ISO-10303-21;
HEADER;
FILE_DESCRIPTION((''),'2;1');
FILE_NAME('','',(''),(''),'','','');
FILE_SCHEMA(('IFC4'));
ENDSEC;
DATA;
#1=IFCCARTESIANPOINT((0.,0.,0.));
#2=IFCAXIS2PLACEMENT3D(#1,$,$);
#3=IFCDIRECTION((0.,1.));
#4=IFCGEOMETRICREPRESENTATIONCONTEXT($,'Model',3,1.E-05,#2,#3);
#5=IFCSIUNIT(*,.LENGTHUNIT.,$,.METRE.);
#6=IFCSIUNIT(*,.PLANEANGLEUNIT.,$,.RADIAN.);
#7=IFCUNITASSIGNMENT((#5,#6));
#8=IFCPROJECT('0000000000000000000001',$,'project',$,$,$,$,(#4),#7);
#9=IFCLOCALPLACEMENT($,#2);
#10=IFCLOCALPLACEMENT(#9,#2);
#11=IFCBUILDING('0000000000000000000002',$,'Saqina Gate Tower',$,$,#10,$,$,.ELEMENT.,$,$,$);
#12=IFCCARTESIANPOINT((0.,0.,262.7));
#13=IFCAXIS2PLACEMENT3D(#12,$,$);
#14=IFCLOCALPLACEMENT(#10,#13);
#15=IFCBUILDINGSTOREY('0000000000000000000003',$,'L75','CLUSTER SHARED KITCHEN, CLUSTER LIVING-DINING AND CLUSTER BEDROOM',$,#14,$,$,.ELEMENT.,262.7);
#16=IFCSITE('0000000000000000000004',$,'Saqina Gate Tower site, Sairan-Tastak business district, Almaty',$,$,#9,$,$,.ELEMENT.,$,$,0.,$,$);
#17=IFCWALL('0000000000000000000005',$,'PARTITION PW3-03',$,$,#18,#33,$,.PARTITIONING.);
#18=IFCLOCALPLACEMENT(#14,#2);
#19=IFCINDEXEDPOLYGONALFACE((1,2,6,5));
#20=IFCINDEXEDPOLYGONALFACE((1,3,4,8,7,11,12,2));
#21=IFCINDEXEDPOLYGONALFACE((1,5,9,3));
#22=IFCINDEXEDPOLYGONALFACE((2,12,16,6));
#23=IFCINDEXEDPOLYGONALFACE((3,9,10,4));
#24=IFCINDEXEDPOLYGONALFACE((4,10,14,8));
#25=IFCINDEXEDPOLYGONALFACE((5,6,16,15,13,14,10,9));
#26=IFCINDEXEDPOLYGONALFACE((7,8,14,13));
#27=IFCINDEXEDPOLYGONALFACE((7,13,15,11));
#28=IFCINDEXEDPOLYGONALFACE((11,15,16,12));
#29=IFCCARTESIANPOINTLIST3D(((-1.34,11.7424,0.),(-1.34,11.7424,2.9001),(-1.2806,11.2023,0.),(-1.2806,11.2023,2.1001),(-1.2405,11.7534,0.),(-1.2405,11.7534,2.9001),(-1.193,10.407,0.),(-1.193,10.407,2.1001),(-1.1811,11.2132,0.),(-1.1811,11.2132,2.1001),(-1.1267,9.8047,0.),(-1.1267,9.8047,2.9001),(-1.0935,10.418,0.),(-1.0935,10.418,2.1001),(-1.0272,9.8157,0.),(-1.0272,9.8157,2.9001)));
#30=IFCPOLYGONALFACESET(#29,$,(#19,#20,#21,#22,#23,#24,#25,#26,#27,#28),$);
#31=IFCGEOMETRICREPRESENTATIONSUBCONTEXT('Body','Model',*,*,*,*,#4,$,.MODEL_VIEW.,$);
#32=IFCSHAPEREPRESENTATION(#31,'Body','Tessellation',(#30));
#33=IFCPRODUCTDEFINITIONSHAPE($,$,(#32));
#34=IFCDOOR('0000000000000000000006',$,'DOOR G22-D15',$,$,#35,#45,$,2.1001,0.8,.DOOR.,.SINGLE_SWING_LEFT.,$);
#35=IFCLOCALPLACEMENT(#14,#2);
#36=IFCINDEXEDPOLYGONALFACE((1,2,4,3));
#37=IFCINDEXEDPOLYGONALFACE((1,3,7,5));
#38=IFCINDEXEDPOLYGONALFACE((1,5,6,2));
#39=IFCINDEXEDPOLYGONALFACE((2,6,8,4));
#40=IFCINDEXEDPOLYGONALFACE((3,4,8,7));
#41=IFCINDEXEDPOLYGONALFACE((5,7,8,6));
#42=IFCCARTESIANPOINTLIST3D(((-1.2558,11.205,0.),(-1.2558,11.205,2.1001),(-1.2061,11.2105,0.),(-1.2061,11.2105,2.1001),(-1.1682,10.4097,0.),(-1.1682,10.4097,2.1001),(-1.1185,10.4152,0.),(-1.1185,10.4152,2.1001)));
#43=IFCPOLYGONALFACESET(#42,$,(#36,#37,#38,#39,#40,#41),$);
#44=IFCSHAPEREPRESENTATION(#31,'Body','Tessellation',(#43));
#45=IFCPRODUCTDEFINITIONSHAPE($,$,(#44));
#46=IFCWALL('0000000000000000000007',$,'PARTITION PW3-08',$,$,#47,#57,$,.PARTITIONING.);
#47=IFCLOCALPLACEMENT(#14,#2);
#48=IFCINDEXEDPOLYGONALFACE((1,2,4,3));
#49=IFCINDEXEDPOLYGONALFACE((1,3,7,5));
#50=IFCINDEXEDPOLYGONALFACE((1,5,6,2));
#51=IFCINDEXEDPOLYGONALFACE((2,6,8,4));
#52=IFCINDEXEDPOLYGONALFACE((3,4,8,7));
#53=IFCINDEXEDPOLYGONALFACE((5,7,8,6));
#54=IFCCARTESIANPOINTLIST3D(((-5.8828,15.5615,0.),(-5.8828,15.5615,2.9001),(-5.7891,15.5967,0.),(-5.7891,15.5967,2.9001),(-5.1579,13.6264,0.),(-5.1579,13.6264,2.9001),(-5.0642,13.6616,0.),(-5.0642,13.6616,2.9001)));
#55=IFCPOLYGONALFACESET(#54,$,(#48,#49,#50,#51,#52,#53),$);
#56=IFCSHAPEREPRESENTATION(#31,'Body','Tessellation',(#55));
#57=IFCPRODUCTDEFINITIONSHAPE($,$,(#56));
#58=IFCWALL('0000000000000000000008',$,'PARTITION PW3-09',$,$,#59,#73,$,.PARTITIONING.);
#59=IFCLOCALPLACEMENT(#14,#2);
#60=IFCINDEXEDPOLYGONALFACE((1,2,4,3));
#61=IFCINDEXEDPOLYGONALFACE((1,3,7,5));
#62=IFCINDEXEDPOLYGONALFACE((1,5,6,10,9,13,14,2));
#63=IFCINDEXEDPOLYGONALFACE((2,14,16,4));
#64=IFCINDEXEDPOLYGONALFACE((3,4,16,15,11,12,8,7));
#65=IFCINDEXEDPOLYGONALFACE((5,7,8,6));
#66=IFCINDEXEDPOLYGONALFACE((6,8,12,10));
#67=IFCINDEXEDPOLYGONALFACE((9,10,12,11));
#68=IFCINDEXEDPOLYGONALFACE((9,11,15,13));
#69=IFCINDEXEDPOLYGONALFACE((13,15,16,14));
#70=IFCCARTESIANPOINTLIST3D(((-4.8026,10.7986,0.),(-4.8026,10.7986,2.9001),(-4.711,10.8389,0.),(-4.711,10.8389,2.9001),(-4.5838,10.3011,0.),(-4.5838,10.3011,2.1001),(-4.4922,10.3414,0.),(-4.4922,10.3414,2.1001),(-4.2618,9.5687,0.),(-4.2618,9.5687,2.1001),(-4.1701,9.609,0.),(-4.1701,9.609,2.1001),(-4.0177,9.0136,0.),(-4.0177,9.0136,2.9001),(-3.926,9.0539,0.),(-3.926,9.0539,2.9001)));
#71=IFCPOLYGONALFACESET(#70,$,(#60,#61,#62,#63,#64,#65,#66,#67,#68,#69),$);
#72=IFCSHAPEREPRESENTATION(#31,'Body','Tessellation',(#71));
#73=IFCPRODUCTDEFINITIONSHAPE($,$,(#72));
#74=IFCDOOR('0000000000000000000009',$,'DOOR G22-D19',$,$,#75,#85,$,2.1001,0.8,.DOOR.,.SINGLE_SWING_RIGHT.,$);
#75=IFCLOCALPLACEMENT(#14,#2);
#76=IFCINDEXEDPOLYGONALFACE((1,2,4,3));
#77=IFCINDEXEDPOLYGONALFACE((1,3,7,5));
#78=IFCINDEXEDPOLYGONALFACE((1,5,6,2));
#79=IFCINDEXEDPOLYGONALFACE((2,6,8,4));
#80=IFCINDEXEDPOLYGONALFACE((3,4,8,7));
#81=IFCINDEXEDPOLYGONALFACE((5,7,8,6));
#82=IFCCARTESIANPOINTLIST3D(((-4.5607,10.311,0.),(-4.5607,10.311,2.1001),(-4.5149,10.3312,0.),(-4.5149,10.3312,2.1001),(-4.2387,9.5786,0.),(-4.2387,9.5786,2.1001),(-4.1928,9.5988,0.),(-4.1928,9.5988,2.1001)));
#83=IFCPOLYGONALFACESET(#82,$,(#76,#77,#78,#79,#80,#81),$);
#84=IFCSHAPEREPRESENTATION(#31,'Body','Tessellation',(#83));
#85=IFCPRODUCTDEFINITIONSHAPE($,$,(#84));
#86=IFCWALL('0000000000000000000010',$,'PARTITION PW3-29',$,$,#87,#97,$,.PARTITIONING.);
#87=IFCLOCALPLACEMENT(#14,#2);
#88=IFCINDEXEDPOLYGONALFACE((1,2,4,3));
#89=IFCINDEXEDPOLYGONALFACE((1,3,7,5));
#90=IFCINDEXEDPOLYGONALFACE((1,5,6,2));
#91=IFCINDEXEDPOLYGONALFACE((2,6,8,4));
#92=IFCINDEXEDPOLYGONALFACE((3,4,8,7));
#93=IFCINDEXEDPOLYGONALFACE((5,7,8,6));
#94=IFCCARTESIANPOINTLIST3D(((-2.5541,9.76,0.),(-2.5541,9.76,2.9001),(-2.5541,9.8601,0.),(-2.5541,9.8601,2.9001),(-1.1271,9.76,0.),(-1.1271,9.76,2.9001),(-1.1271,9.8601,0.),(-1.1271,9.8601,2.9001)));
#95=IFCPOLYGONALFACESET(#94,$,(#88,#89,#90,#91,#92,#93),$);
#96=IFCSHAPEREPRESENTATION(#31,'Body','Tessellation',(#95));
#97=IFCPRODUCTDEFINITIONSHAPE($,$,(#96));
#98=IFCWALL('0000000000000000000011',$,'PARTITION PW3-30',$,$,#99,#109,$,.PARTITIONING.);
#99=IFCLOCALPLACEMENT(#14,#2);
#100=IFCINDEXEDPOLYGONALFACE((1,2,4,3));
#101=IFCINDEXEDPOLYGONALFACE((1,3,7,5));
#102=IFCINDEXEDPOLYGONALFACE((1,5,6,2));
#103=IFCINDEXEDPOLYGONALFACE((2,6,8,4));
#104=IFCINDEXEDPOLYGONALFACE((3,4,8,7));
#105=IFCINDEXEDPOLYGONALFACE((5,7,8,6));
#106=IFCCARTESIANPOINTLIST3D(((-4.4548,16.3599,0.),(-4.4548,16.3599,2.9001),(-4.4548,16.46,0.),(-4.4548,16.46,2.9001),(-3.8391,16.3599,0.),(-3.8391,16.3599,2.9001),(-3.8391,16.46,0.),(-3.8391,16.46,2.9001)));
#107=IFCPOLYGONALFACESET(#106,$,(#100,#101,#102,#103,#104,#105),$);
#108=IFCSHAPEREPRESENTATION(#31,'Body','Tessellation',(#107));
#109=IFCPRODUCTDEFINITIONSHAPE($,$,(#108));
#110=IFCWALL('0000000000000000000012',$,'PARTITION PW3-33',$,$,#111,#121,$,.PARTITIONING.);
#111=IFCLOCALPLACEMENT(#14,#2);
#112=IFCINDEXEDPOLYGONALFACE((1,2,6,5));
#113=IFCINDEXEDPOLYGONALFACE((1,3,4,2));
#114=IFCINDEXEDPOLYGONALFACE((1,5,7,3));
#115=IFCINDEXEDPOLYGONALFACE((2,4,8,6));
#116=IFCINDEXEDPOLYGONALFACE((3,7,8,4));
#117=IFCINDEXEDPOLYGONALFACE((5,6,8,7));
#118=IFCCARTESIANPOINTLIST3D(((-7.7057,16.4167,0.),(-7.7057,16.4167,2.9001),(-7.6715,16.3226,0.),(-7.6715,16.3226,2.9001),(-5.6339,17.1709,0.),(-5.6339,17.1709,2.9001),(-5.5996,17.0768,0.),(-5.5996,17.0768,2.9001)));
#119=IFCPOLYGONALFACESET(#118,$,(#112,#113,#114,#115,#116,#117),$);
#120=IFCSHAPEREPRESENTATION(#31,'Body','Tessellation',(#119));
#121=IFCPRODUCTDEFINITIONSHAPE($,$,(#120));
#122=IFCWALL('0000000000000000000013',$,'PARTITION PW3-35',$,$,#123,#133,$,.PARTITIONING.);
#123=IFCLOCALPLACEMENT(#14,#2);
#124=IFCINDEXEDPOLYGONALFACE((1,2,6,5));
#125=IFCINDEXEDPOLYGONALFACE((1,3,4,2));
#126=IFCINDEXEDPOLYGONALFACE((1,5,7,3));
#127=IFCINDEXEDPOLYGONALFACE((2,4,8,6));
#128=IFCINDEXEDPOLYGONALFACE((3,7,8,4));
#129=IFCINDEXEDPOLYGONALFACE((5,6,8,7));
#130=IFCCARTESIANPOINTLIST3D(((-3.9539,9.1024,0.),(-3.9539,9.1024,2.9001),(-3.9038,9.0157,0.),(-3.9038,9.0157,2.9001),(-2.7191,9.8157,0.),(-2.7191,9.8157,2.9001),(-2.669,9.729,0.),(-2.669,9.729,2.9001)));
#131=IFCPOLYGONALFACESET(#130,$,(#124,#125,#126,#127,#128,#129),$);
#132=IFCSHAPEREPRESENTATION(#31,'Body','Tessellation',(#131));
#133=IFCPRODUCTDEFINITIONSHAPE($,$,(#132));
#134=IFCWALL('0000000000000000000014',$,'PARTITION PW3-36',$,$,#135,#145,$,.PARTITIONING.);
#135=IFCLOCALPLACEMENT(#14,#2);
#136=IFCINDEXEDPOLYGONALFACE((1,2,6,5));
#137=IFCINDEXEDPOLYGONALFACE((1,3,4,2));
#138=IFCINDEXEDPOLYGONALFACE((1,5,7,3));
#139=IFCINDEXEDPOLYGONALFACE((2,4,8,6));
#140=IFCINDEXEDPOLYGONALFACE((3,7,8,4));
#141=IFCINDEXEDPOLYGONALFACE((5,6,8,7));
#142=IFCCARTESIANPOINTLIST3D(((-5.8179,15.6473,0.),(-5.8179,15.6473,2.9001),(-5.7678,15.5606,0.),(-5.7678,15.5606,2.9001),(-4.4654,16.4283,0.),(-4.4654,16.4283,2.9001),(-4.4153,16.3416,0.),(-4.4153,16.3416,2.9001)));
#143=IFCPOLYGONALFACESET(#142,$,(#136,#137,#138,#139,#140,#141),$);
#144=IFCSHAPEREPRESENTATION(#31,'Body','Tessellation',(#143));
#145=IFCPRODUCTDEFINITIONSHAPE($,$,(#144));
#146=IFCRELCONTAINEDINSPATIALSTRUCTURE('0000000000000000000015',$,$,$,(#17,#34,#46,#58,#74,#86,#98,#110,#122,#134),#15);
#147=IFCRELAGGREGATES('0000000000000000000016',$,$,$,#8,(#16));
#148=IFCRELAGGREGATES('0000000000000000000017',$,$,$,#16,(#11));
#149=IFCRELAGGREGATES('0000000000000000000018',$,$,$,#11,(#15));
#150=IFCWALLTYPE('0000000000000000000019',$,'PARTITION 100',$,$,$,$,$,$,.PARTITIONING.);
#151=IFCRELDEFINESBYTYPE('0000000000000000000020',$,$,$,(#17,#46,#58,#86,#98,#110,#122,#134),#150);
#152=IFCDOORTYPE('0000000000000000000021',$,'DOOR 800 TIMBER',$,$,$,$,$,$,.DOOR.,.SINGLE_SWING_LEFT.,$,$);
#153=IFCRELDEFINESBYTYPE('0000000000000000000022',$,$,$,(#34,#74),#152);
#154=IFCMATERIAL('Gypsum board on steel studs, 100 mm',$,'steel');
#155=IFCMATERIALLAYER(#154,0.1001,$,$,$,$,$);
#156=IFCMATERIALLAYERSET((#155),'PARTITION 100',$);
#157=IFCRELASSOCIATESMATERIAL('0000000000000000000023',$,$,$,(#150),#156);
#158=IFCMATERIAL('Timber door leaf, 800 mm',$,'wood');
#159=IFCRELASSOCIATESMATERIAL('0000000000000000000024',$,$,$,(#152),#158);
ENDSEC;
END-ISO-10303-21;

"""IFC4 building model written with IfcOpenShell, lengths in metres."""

from ifc_helpers import new_model, si_unit, direction, frame, frame_2d, origin, place, context, subcontext, project, spatial, rectangle, extrude, material, layer, layer_set, type_object, element, fill, save


model = new_model("IFC4")

# Units and contexts
model_context = context("Model", 3, precision=1e-05, world=origin(), true_north=direction((0.0, 1.0)))
body_context = subcontext(model_context, "Body", "Model", "MODEL_VIEW")
ifc_project = project(units=[si_unit("LENGTHUNIT", "METRE"), si_unit("PLANEANGLEUNIT", "RADIAN")], contexts=[model_context])

# Site, building, storey
site_placement = place(None, origin())
site = spatial("IfcSite", under=ifc_project, at=site_placement, Name="Saqina Gate Tower site, Sairan-Tastak business district, Almaty", CompositionType="ELEMENT", RefElevation=0.0)
building_placement = place(site_placement, origin())
building = spatial("IfcBuilding", under=site, at=building_placement, Name="Saqina Gate Tower", CompositionType="ELEMENT")
storey_placement = place(building_placement, frame((0.0, 0.0, 262.7)))
storey = spatial("IfcBuildingStorey", under=building, at=storey_placement, Name="L75", Description="CLUSTER SHARED KITCHEN, CLUSTER LIVING-DINING AND CLUSTER BEDROOM", CompositionType="ELEMENT", Elevation=262.7)

# Wall, opening, door
ifc_material_1 = material(Name="Gypsum board on steel studs, 100 mm", Category="steel")
ifc_layer_1 = layer(ifc_material_1, 0.1001)
ifc_layer_set_1 = layer_set([ifc_layer_1], Name="PARTITION 100")
wall_type_1 = type_object("IfcWallType", Name="PARTITION 100", PredefinedType="PARTITIONING", material=ifc_layer_set_1)
wall_1_placement = place(storey_placement, frame((-1.2903, 11.7478, 0.0), z_axis=(0.0, 0.0, 1.0), x_axis=(0.109456, -0.993992, 0.0)))
wall_1 = element("IfcWall", 1, at=wall_1_placement, inside=storey, type_object=wall_type_1, Name="PARTITION PW3-03", PredefinedType="PARTITIONING", context=body_context, shape_type="SweptSolid", body=[
    extrude(rectangle(XDim=1.9495, YDim=0.1001, at=frame_2d((0.9746, 0.0))), origin(), (0.0, 0.0, 1.0), 2.9001),
])
opening_1_placement = place(wall_1_placement, frame((0.5435, 0.0, 0.0)))
opening_1 = element("IfcOpeningElement", 2, at=opening_1_placement, cuts=wall_1, PredefinedType="OPENING", context=body_context, shape_type="SweptSolid", body=[
    extrude(rectangle(XDim=0.8, YDim=2.1001, at=frame_2d((0.3999, 1.05))), frame((0.0, 0.062, 0.0), z_axis=(0.0, -1.0, 0.0), x_axis=(1.0, 0.0, 0.0)), (0.0, 0.0, 1.0), 0.124),
])
ifc_material_2 = material(Name="Timber door leaf, 800 mm", Category="wood")
door_type_1 = type_object("IfcDoorType", Name="DOOR 800 TIMBER", OperationType="SINGLE_SWING_LEFT", PredefinedType="DOOR", material=ifc_material_2)
door_1_placement = place(opening_1_placement, origin())
door_1 = element("IfcDoor", 3, at=door_1_placement, inside=storey, type_object=door_type_1, Name="DOOR G22-D15", OperationType="SINGLE_SWING_LEFT", OverallHeight=2.1001, OverallWidth=0.8, PredefinedType="DOOR", context=body_context, shape_type="SweptSolid", body=[
    extrude(rectangle(XDim=0.8, YDim=2.1001, at=frame_2d((0.3999, 1.05))), frame((0.0, 0.0249, 0.0), z_axis=(0.0, -1.0, 0.0), x_axis=(1.0, 0.0, 0.0)), (0.0, 0.0, 1.0), 0.05),
])
fill(opening_1, door_1)

# Wall
wall_2_placement = place(storey_placement, frame((-5.8359, 15.5791, 0.0), z_axis=(0.0, 0.0, 1.0), x_axis=(0.350787, -0.936455, 0.0)))
element("IfcWall", 4, at=wall_2_placement, inside=storey, type_object=wall_type_1, Name="PARTITION PW3-08", PredefinedType="PARTITIONING", context=body_context, shape_type="SweptSolid", body=[
    extrude(rectangle(XDim=2.0664, YDim=0.1001, at=frame_2d((1.0332, 0.0))), origin(), (0.0, 0.0, 1.0), 2.9001),
])

# Wall, opening, door
wall_3_placement = place(storey_placement, frame((-4.7568, 10.8188, 0.0), z_axis=(0.0, 0.0, 1.0), x_axis=(0.402546, -0.9154, 0.0)))
wall_3 = element("IfcWall", 5, at=wall_3_placement, inside=storey, type_object=wall_type_1, Name="PARTITION PW3-09", PredefinedType="PARTITIONING", context=body_context, shape_type="SweptSolid", body=[
    extrude(rectangle(XDim=1.95, YDim=0.1001, at=frame_2d((0.9751, 0.0))), origin(), (0.0, 0.0, 1.0), 2.9001),
])
opening_2_placement = place(wall_3_placement, frame((0.5437, 0.0, 0.0)))
opening_2 = element("IfcOpeningElement", 6, at=opening_2_placement, cuts=wall_3, PredefinedType="OPENING", context=body_context, shape_type="SweptSolid", body=[
    extrude(rectangle(XDim=0.8, YDim=2.1001, at=frame_2d((0.3999, 1.05))), frame((0.0, 0.062, 0.0), z_axis=(0.0, -1.0, 0.0), x_axis=(1.0, 0.0, 0.0)), (0.0, 0.0, 1.0), 0.124),
])
door_2_placement = place(opening_2_placement, frame((0.8, 0.0, 0.0), z_axis=(0.0, 0.0, 1.0), x_axis=(-1.0, 0.0, 0.0)))
door_2 = element("IfcDoor", 7, at=door_2_placement, inside=storey, type_object=door_type_1, Name="DOOR G22-D19", OperationType="SINGLE_SWING_RIGHT", OverallHeight=2.1001, OverallWidth=0.8, PredefinedType="DOOR", context=body_context, shape_type="SweptSolid", body=[
    extrude(rectangle(XDim=0.8, YDim=2.1001, at=frame_2d((0.3999, 1.05))), frame((0.0, 0.0249, 0.0), z_axis=(0.0, -1.0, 0.0), x_axis=(1.0, 0.0, 0.0)), (0.0, 0.0, 1.0), 0.05),
])
fill(opening_2, door_2)

# Walls
wall_4_placement = place(storey_placement, frame((-2.554, 9.8101, 0.0), z_axis=(0.0, 0.0, 1.0), x_axis=(1.0, 0.0, 0.0)))
element("IfcWall", 8, at=wall_4_placement, inside=storey, type_object=wall_type_1, Name="PARTITION PW3-29", PredefinedType="PARTITIONING", context=body_context, shape_type="SweptSolid", body=[
    extrude(rectangle(XDim=1.427, YDim=0.1001, at=frame_2d((0.7134, 0.0))), origin(), (0.0, 0.0, 1.0), 2.9001),
])
wall_5_placement = place(storey_placement, frame((-4.4548, 16.4099, 0.0), z_axis=(0.0, 0.0, 1.0), x_axis=(1.0, 0.0, 0.0)))
element("IfcWall", 9, at=wall_5_placement, inside=storey, type_object=wall_type_1, Name="PARTITION PW3-30", PredefinedType="PARTITIONING", context=body_context, shape_type="SweptSolid", body=[
    extrude(rectangle(XDim=0.6157, YDim=0.1001, at=frame_2d((0.3079, 0.0))), origin(), (0.0, 0.0, 1.0), 2.9001),
])
wall_6_placement = place(storey_placement, frame((-7.6887, 16.3696, 0.0), z_axis=(0.0, 0.0, 1.0), x_axis=(0.93968, 0.342054, 0.0)))
element("IfcWall", 10, at=wall_6_placement, inside=storey, type_object=wall_type_1, Name="PARTITION PW3-33", PredefinedType="PARTITIONING", context=body_context, shape_type="SweptSolid", body=[
    extrude(rectangle(XDim=2.2048, YDim=0.1001, at=frame_2d((1.1025, 0.0))), origin(), (0.0, 0.0, 1.0), 2.9001),
])
wall_7_placement = place(storey_placement, frame((-3.9287, 9.0591, 0.0), z_axis=(0.0, 0.0, 1.0), x_axis=(0.865895, 0.500226, 0.0)))
element("IfcWall", 11, at=wall_7_placement, inside=storey, type_object=wall_type_1, Name="PARTITION PW3-35", PredefinedType="PARTITIONING", context=body_context, shape_type="SweptSolid", body=[
    extrude(rectangle(XDim=1.426, YDim=0.1001, at=frame_2d((0.7129, 0.0))), origin(), (0.0, 0.0, 1.0), 2.9001),
])
wall_8_placement = place(storey_placement, frame((-5.7927, 15.604, 0.0), z_axis=(0.0, 0.0, 1.0), x_axis=(0.865993, 0.500056, 0.0)))
element("IfcWall", 12, at=wall_8_placement, inside=storey, type_object=wall_type_1, Name="PARTITION PW3-36", PredefinedType="PARTITIONING", context=body_context, shape_type="SweptSolid", body=[
    extrude(rectangle(XDim=1.5618, YDim=0.1001, at=frame_2d((0.7808, 0.0))), origin(), (0.0, 0.0, 1.0), 2.9001),
])

save(model, "model.ifc")
